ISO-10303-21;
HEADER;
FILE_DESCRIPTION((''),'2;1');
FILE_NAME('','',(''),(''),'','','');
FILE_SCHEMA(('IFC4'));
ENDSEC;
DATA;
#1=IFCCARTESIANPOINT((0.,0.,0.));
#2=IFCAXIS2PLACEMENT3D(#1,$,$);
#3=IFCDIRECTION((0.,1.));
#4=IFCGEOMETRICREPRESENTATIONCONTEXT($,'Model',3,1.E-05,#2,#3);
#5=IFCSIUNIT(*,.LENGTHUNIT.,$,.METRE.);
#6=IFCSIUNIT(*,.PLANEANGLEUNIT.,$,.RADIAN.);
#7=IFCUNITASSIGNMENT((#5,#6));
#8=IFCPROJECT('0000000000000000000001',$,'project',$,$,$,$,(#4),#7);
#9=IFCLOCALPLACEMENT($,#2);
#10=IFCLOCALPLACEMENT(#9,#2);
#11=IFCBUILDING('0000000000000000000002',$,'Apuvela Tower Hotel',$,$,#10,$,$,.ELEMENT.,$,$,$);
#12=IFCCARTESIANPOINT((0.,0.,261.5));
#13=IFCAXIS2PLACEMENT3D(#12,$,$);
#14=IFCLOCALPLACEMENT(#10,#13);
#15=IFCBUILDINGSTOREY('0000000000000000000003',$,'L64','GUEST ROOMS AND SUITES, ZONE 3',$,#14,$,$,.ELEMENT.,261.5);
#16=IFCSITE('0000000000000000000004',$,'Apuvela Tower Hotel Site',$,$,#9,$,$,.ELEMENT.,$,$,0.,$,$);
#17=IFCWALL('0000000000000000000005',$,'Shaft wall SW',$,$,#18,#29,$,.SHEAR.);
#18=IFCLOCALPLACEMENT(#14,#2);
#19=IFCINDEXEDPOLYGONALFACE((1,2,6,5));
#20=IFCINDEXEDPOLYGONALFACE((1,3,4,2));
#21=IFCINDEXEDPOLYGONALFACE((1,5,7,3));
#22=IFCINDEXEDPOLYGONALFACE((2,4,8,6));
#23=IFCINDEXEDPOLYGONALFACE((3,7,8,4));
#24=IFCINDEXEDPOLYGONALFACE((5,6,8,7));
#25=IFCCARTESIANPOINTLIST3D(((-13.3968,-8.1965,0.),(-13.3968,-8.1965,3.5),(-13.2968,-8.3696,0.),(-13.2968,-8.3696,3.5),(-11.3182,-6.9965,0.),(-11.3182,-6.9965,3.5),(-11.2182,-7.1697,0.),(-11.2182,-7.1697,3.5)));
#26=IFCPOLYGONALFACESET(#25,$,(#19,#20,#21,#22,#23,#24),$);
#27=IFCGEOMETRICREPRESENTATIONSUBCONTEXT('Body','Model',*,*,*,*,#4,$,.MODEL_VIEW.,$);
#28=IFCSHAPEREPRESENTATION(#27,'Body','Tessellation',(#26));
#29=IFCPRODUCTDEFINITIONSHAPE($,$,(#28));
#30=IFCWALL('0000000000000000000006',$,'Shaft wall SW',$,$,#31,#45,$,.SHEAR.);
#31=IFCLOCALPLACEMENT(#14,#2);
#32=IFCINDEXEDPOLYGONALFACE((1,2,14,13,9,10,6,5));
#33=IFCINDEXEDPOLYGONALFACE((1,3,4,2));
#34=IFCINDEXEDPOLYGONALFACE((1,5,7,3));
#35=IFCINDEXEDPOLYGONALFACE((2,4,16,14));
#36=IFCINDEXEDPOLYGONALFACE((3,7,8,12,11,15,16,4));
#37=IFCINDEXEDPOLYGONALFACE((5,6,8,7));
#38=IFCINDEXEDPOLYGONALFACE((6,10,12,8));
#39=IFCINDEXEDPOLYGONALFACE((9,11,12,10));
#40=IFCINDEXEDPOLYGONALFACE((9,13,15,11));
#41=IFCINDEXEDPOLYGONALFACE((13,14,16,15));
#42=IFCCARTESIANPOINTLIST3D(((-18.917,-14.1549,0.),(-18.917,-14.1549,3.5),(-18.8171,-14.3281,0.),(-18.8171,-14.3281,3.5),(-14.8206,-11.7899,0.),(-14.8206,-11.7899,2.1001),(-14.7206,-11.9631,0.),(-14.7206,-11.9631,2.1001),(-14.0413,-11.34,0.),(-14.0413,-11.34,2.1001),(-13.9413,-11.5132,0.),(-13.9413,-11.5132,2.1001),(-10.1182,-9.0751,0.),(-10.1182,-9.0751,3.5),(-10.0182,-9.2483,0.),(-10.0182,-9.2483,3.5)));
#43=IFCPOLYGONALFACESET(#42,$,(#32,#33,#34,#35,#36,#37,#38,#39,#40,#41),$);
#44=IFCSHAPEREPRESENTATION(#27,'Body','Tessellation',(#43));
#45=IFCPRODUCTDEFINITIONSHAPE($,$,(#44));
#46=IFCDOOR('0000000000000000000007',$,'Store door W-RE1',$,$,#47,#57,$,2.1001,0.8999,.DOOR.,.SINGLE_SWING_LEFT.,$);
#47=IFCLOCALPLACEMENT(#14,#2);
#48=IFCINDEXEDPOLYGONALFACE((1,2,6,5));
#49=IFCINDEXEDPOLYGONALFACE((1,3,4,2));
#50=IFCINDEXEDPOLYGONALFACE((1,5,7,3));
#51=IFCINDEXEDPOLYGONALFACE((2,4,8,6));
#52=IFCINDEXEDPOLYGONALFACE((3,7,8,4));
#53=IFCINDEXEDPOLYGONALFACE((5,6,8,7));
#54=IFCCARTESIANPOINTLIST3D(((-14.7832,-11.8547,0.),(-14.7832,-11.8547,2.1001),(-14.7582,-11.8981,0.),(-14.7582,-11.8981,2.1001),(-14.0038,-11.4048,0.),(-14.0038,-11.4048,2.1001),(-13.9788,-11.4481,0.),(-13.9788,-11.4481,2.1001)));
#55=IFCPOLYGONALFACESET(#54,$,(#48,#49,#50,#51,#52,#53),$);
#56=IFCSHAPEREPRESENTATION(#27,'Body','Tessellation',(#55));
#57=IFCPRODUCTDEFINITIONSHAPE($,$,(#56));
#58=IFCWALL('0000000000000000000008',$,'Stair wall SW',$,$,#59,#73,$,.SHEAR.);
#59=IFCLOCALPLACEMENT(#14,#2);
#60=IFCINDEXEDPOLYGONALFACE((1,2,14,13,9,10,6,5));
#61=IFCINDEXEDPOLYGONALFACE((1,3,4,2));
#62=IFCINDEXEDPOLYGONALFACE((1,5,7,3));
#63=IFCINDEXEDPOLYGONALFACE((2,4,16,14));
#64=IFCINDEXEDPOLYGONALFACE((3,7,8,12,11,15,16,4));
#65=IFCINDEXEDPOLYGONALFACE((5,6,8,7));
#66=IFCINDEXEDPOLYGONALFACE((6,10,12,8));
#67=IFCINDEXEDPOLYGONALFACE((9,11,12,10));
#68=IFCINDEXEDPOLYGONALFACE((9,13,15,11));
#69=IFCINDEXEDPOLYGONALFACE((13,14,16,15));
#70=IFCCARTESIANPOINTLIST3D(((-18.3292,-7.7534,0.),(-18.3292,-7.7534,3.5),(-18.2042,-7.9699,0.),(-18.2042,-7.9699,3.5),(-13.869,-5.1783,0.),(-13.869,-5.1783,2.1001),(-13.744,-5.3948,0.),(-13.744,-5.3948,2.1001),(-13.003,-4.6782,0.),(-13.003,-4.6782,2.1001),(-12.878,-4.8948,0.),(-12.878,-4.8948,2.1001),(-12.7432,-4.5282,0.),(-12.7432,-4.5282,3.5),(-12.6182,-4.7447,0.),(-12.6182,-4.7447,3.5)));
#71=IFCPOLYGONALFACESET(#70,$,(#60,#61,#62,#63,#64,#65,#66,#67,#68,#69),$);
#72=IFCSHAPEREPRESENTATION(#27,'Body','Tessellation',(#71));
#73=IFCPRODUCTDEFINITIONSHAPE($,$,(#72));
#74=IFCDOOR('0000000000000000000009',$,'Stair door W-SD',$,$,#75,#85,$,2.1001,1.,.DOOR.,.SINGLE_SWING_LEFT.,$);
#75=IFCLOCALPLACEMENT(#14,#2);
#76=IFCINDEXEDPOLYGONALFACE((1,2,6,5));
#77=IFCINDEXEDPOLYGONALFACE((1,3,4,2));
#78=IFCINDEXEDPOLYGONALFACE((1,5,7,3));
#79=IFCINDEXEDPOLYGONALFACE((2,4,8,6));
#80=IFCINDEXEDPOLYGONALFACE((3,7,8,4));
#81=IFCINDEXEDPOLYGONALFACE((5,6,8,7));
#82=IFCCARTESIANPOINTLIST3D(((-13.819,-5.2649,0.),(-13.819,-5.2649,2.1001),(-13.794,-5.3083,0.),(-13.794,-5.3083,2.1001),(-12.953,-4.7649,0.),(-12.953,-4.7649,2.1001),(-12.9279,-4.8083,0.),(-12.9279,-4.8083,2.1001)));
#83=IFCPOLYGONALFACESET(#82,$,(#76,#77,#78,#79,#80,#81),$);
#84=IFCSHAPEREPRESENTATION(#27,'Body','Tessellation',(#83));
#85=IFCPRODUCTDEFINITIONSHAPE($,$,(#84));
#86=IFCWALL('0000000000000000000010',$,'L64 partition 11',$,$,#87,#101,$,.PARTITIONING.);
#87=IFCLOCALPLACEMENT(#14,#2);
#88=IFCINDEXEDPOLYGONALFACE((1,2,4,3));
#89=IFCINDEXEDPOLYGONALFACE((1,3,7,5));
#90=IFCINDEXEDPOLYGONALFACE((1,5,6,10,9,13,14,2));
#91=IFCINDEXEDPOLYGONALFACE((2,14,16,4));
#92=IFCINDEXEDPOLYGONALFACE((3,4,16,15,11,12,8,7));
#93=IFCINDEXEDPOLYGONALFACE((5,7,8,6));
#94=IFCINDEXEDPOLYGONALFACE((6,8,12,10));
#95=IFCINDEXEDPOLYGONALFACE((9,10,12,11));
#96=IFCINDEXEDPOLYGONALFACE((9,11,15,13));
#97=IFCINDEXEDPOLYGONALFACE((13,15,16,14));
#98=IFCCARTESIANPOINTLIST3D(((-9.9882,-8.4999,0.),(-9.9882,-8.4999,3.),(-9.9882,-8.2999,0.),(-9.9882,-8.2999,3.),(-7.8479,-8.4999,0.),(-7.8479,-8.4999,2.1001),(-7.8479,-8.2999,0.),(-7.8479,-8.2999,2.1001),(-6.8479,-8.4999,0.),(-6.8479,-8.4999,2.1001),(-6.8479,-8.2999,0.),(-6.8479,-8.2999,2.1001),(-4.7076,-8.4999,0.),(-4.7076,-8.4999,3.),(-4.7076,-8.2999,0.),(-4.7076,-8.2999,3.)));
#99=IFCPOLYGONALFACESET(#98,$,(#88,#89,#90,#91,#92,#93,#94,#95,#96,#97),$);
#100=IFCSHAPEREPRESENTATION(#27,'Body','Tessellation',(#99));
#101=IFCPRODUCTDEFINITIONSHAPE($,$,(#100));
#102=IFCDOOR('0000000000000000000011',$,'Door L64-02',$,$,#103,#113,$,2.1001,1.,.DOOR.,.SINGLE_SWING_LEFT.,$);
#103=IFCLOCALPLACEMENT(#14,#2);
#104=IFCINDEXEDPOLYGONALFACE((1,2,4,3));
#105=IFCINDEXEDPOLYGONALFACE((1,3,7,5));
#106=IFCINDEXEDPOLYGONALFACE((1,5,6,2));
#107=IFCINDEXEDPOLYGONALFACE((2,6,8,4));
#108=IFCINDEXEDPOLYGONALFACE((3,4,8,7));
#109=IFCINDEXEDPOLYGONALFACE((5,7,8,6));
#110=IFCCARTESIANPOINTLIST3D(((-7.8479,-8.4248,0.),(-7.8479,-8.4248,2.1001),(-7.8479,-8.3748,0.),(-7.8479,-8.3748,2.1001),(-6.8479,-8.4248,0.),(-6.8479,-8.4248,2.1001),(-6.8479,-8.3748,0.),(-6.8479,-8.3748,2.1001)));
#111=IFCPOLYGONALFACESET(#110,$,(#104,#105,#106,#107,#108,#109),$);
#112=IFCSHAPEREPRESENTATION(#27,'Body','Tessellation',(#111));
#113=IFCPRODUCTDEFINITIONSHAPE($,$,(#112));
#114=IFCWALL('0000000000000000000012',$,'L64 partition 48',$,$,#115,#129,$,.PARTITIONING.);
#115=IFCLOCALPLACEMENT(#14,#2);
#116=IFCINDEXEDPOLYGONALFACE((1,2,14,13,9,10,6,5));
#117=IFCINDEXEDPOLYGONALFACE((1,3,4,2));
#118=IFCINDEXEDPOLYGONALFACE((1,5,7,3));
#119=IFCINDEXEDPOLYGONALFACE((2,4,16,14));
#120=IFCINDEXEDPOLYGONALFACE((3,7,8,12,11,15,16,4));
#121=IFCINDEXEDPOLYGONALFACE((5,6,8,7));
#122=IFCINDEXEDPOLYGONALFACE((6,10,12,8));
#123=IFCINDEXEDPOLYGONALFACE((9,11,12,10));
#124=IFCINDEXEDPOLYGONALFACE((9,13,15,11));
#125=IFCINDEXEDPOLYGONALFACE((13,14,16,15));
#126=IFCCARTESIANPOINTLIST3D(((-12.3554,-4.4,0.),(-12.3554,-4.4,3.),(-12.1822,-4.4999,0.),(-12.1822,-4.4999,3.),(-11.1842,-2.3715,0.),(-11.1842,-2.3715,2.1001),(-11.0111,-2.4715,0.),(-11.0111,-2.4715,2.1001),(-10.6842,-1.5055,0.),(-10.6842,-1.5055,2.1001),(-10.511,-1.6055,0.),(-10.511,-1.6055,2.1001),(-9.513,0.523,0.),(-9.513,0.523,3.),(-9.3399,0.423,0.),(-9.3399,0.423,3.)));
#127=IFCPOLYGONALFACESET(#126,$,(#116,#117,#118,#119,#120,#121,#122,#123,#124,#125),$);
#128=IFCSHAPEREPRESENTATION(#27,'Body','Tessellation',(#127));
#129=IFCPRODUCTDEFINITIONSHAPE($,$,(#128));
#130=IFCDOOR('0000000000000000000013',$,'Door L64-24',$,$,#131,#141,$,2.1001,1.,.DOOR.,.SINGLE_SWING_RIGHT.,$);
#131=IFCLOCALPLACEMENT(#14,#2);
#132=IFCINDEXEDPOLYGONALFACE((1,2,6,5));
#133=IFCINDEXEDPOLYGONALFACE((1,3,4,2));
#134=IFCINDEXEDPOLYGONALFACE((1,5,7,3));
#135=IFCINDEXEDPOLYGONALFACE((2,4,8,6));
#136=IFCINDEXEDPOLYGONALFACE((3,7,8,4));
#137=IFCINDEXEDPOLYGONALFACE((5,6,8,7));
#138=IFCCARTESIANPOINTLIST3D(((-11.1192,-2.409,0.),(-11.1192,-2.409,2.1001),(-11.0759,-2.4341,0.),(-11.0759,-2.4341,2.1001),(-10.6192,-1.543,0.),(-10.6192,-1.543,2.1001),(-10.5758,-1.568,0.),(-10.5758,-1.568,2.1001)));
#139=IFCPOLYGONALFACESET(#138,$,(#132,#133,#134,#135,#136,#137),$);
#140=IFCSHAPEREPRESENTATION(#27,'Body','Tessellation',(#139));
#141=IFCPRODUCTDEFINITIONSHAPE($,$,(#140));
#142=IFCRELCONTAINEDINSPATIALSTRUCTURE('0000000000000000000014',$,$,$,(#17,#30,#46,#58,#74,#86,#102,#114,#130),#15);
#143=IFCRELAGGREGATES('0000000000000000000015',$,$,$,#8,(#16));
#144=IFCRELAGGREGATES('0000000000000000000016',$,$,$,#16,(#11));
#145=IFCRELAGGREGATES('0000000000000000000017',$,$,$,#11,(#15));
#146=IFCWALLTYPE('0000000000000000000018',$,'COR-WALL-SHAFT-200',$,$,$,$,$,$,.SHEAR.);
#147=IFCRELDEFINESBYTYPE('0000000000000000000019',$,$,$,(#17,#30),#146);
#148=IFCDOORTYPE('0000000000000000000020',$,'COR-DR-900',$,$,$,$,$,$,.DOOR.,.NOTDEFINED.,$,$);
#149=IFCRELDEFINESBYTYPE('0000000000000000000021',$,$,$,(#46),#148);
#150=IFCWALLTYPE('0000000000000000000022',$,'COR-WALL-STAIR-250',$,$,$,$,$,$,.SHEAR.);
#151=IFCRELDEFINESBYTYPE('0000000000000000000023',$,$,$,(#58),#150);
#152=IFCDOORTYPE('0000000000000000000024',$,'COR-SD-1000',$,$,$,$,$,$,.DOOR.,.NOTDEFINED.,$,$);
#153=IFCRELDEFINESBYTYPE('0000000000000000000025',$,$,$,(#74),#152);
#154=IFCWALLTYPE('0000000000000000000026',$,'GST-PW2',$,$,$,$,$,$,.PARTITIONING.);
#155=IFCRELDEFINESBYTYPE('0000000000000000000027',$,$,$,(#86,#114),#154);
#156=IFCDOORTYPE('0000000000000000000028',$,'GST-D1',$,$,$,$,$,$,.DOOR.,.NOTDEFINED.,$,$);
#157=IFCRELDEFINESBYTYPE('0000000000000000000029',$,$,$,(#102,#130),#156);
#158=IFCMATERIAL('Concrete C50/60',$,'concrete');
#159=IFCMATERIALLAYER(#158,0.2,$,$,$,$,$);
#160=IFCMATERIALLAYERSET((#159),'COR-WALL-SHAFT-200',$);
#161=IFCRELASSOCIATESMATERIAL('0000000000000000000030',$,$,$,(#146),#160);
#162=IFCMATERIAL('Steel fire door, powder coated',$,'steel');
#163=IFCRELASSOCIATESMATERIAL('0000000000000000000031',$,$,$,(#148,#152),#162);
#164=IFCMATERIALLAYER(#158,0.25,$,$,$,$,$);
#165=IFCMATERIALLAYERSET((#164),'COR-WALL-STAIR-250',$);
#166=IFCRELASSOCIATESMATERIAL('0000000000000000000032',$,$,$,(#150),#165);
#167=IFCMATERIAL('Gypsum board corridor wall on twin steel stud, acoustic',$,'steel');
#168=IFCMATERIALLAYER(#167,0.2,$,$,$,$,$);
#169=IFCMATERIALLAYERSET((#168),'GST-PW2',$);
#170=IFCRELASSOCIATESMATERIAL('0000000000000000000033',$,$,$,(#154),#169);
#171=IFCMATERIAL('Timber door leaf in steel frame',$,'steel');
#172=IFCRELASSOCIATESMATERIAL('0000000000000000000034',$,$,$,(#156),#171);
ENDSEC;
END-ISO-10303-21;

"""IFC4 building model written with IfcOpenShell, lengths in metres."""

from ifc_helpers import new_model, si_unit, direction, frame, frame_2d, origin, place, context, subcontext, project, spatial, rectangle, extrude, material, layer, layer_set, type_object, element, fill, save


model = new_model("IFC4")

# Units and contexts
model_context = context("Model", 3, precision=1e-05, world=origin(), true_north=direction((0.0, 1.0)))
body_context = subcontext(model_context, "Body", "Model", "MODEL_VIEW")
ifc_project = project(units=[si_unit("LENGTHUNIT", "METRE"), si_unit("PLANEANGLEUNIT", "RADIAN")], contexts=[model_context])

# Site, building, storey
site_placement = place(None, origin())
site = spatial("IfcSite", under=ifc_project, at=site_placement, Name="Apuvela Tower Hotel Site", CompositionType="ELEMENT", RefElevation=0.0)
building_placement = place(site_placement, origin())
building = spatial("IfcBuilding", under=site, at=building_placement, Name="Apuvela Tower Hotel", CompositionType="ELEMENT")
storey_placement = place(building_placement, frame((0.0, 0.0, 261.5)))
storey = spatial("IfcBuildingStorey", under=building, at=storey_placement, Name="L64", Description="GUEST ROOMS AND SUITES, ZONE 3", CompositionType="ELEMENT", Elevation=261.5)

# Shared definitions
ifc_material_1 = material(Name="Concrete C50/60", Category="concrete")
ifc_material_2 = material(Name="Steel fire door, powder coated", Category="steel")

# Shared definitions
ifc_layer_1 = layer(ifc_material_1, 0.2)
ifc_layer_set_1 = layer_set([ifc_layer_1], Name="COR-WALL-SHAFT-200")
wall_type_1 = type_object("IfcWallType", Name="COR-WALL-SHAFT-200", PredefinedType="SHEAR", material=ifc_layer_set_1)

# Wall
wall_1_placement = place(storey_placement, frame((-11.2681, -7.083, 0.0), z_axis=(0.0, 0.0, 1.0), x_axis=(-0.86605, -0.499957, 0.0)))
element("IfcWall", 1, at=wall_1_placement, inside=storey, type_object=wall_type_1, Name="Shaft wall SW", PredefinedType="SHEAR", context=body_context, shape_type="SweptSolid", body=[
    extrude(rectangle(XDim=2.4001, YDim=0.2, at=frame_2d((1.2002, 0.0))), origin(), (0.0, 0.0, 1.0), 3.5),
])

# Walls, openings, doors
wall_2_placement = place(storey_placement, frame((-10.0681, -9.1616, 0.0), z_axis=(0.0, 0.0, 1.0), x_axis=(-0.866033, -0.499987, 0.0)))
wall_2 = element("IfcWall", 2, at=wall_2_placement, inside=storey, type_object=wall_type_1, Name="Shaft wall SW", PredefinedType="SHEAR", context=body_context, shape_type="SweptSolid", body=[
    extrude(rectangle(XDim=10.1599, YDim=0.2, at=frame_2d((5.0801, 0.0))), origin(), (0.0, 0.0, 1.0), 3.5),
])
opening_1_placement = place(wall_2_placement, frame((4.53, 0.0, 0.0)))
opening_1 = element("IfcOpeningElement", 3, at=opening_1_placement, cuts=wall_2, PredefinedType="OPENING", context=body_context, shape_type="SweptSolid", body=[
    extrude(rectangle(XDim=0.8999, YDim=2.1001, at=frame_2d((0.45, 1.05))), frame((0.0, 0.1099, 0.0), z_axis=(0.0, -1.0, 0.0), x_axis=(1.0, 0.0, 0.0)), (0.0, 0.0, 1.0), 0.22),
])
door_type_1 = type_object("IfcDoorType", Name="COR-DR-900", OperationType="NOTDEFINED", PredefinedType="DOOR", material=ifc_material_2)
door_1_placement = place(opening_1_placement, origin())
door_1 = element("IfcDoor", 4, at=door_1_placement, inside=storey, type_object=door_type_1, Name="Store door W-RE1", OperationType="SINGLE_SWING_LEFT", OverallHeight=2.1001, OverallWidth=0.8999, PredefinedType="DOOR", context=body_context, shape_type="SweptSolid", body=[
    extrude(rectangle(XDim=0.8999, YDim=2.1001, at=frame_2d((0.45, 1.05))), frame((0.0, 0.0249, 0.0), z_axis=(0.0, -1.0, 0.0), x_axis=(1.0, 0.0, 0.0)), (0.0, 0.0, 1.0), 0.05),
])
fill(opening_1, door_1)
ifc_layer_2 = layer(ifc_material_1, 0.25)
ifc_layer_set_2 = layer_set([ifc_layer_2], Name="COR-WALL-STAIR-250")
wall_type_2 = type_object("IfcWallType", Name="COR-WALL-STAIR-250", PredefinedType="SHEAR", material=ifc_layer_set_2)
wall_3_placement = place(storey_placement, frame((-12.6807, -4.6365, 0.0), z_axis=(0.0, 0.0, 1.0), x_axis=(-0.866022, -0.500006, 0.0)))
wall_3 = element("IfcWall", 5, at=wall_3_placement, inside=storey, type_object=wall_type_2, Name="Stair wall SW", PredefinedType="SHEAR", context=body_context, shape_type="SweptSolid", body=[
    extrude(rectangle(XDim=6.4502, YDim=0.25, at=frame_2d((3.2251, 0.0))), origin(), (0.0, 0.0, 1.0), 3.5),
])
opening_2_placement = place(wall_3_placement, frame((0.3, 0.0, 0.0)))
opening_2 = element("IfcOpeningElement", 6, at=opening_2_placement, cuts=wall_3, PredefinedType="OPENING", context=body_context, shape_type="SweptSolid", body=[
    extrude(rectangle(XDim=1.0, YDim=2.1001, at=frame_2d((0.5, 1.05))), frame((0.0, 0.135, 0.0), z_axis=(0.0, -1.0, 0.0), x_axis=(1.0, 0.0, 0.0)), (0.0, 0.0, 1.0), 0.27),
])
door_type_2 = type_object("IfcDoorType", Name="COR-SD-1000", OperationType="NOTDEFINED", PredefinedType="DOOR", material=ifc_material_2)
door_2_placement = place(opening_2_placement, frame((1.0, 0.0, 0.0), z_axis=(0.0, 0.0, 1.0), x_axis=(-1.0, 0.0, 0.0)))
door_2 = element("IfcDoor", 7, at=door_2_placement, inside=storey, type_object=door_type_2, Name="Stair door W-SD", OperationType="SINGLE_SWING_LEFT", OverallHeight=2.1001, OverallWidth=1.0, PredefinedType="DOOR", context=body_context, shape_type="SweptSolid", body=[
    extrude(rectangle(XDim=1.0, YDim=2.1001, at=frame_2d((0.5, 1.05))), frame((0.0, 0.0249, 0.0), z_axis=(0.0, -1.0, 0.0), x_axis=(1.0, 0.0, 0.0)), (0.0, 0.0, 1.0), 0.05),
])
fill(opening_2, door_2)
ifc_material_3 = material(Name="Gypsum board corridor wall on twin steel stud, acoustic", Category="steel")
ifc_layer_3 = layer(ifc_material_3, 0.2)
ifc_layer_set_3 = layer_set([ifc_layer_3], Name="GST-PW2")
wall_type_3 = type_object("IfcWallType", Name="GST-PW2", PredefinedType="PARTITIONING", material=ifc_layer_set_3)
wall_4_placement = place(storey_placement, frame((-4.7078, -8.3999, 0.0), z_axis=(0.0, 0.0, 1.0), x_axis=(-1.0, 0.0, 0.0)))
wall_4 = element("IfcWall", 8, at=wall_4_placement, inside=storey, type_object=wall_type_3, Name="L64 partition 11", PredefinedType="PARTITIONING", context=body_context, shape_type="SweptSolid", body=[
    extrude(rectangle(XDim=5.2805, YDim=0.2, at=frame_2d((2.6401, 0.0))), origin(), (0.0, 0.0, 1.0), 3.0),
])
opening_3_placement = place(wall_4_placement, frame((2.1401, 0.0, 0.0)))
opening_3 = element("IfcOpeningElement", 9, at=opening_3_placement, cuts=wall_4, PredefinedType="OPENING", context=body_context, shape_type="SweptSolid", body=[
    extrude(rectangle(XDim=1.0, YDim=2.1001, at=frame_2d((0.5, 1.05))), frame((0.0, 0.1099, 0.0), z_axis=(0.0, -1.0, 0.0), x_axis=(1.0, 0.0, 0.0)), (0.0, 0.0, 1.0), 0.22),
])
ifc_material_4 = material(Name="Timber door leaf in steel frame", Category="steel")
door_type_3 = type_object("IfcDoorType", Name="GST-D1", OperationType="NOTDEFINED", PredefinedType="DOOR", material=ifc_material_4)
door_3_placement = place(opening_3_placement, origin())
door_3 = element("IfcDoor", 10, at=door_3_placement, inside=storey, type_object=door_type_3, Name="Door L64-02", OperationType="SINGLE_SWING_LEFT", OverallHeight=2.1001, OverallWidth=1.0, PredefinedType="DOOR", context=body_context, shape_type="SweptSolid", body=[
    extrude(rectangle(XDim=1.0, YDim=2.1001, at=frame_2d((0.5, 1.05))), frame((0.0, 0.0249, 0.0), z_axis=(0.0, -1.0, 0.0), x_axis=(1.0, 0.0, 0.0)), (0.0, 0.0, 1.0), 0.05),
])
fill(opening_3, door_3)
wall_5_placement = place(storey_placement, frame((-12.2688, -4.45, 0.0), z_axis=(0.0, 0.0, 1.0), x_axis=(0.50001, 0.86602, 0.0)))
wall_5 = element("IfcWall", 11, at=wall_5_placement, inside=storey, type_object=wall_type_3, Name="L64 partition 48", PredefinedType="PARTITIONING", context=body_context, shape_type="SweptSolid", body=[
    extrude(rectangle(XDim=5.6846, YDim=0.2, at=frame_2d((2.8423, 0.0))), origin(), (0.0, 0.0, 1.0), 3.0),
])
opening_4_placement = place(wall_5_placement, frame((2.3423, 0.0, 0.0)))
opening_4 = element("IfcOpeningElement", 12, at=opening_4_placement, cuts=wall_5, PredefinedType="OPENING", context=body_context, shape_type="SweptSolid", body=[
    extrude(rectangle(XDim=1.0, YDim=2.1001, at=frame_2d((0.5, 1.05))), frame((0.0, 0.1099, 0.0), z_axis=(0.0, -1.0, 0.0), x_axis=(1.0, 0.0, 0.0)), (0.0, 0.0, 1.0), 0.22),
])
door_4_placement = place(opening_4_placement, origin())
door_4 = element("IfcDoor", 13, at=door_4_placement, inside=storey, type_object=door_type_3, Name="Door L64-24", OperationType="SINGLE_SWING_RIGHT", OverallHeight=2.1001, OverallWidth=1.0, PredefinedType="DOOR", context=body_context, shape_type="SweptSolid", body=[
    extrude(rectangle(XDim=1.0, YDim=2.1001, at=frame_2d((0.5, 1.05))), frame((0.0, 0.0249, 0.0), z_axis=(0.0, -1.0, 0.0), x_axis=(1.0, 0.0, 0.0)), (0.0, 0.0, 1.0), 0.05),
])
fill(opening_4, door_4)

save(model, "model.ifc")
